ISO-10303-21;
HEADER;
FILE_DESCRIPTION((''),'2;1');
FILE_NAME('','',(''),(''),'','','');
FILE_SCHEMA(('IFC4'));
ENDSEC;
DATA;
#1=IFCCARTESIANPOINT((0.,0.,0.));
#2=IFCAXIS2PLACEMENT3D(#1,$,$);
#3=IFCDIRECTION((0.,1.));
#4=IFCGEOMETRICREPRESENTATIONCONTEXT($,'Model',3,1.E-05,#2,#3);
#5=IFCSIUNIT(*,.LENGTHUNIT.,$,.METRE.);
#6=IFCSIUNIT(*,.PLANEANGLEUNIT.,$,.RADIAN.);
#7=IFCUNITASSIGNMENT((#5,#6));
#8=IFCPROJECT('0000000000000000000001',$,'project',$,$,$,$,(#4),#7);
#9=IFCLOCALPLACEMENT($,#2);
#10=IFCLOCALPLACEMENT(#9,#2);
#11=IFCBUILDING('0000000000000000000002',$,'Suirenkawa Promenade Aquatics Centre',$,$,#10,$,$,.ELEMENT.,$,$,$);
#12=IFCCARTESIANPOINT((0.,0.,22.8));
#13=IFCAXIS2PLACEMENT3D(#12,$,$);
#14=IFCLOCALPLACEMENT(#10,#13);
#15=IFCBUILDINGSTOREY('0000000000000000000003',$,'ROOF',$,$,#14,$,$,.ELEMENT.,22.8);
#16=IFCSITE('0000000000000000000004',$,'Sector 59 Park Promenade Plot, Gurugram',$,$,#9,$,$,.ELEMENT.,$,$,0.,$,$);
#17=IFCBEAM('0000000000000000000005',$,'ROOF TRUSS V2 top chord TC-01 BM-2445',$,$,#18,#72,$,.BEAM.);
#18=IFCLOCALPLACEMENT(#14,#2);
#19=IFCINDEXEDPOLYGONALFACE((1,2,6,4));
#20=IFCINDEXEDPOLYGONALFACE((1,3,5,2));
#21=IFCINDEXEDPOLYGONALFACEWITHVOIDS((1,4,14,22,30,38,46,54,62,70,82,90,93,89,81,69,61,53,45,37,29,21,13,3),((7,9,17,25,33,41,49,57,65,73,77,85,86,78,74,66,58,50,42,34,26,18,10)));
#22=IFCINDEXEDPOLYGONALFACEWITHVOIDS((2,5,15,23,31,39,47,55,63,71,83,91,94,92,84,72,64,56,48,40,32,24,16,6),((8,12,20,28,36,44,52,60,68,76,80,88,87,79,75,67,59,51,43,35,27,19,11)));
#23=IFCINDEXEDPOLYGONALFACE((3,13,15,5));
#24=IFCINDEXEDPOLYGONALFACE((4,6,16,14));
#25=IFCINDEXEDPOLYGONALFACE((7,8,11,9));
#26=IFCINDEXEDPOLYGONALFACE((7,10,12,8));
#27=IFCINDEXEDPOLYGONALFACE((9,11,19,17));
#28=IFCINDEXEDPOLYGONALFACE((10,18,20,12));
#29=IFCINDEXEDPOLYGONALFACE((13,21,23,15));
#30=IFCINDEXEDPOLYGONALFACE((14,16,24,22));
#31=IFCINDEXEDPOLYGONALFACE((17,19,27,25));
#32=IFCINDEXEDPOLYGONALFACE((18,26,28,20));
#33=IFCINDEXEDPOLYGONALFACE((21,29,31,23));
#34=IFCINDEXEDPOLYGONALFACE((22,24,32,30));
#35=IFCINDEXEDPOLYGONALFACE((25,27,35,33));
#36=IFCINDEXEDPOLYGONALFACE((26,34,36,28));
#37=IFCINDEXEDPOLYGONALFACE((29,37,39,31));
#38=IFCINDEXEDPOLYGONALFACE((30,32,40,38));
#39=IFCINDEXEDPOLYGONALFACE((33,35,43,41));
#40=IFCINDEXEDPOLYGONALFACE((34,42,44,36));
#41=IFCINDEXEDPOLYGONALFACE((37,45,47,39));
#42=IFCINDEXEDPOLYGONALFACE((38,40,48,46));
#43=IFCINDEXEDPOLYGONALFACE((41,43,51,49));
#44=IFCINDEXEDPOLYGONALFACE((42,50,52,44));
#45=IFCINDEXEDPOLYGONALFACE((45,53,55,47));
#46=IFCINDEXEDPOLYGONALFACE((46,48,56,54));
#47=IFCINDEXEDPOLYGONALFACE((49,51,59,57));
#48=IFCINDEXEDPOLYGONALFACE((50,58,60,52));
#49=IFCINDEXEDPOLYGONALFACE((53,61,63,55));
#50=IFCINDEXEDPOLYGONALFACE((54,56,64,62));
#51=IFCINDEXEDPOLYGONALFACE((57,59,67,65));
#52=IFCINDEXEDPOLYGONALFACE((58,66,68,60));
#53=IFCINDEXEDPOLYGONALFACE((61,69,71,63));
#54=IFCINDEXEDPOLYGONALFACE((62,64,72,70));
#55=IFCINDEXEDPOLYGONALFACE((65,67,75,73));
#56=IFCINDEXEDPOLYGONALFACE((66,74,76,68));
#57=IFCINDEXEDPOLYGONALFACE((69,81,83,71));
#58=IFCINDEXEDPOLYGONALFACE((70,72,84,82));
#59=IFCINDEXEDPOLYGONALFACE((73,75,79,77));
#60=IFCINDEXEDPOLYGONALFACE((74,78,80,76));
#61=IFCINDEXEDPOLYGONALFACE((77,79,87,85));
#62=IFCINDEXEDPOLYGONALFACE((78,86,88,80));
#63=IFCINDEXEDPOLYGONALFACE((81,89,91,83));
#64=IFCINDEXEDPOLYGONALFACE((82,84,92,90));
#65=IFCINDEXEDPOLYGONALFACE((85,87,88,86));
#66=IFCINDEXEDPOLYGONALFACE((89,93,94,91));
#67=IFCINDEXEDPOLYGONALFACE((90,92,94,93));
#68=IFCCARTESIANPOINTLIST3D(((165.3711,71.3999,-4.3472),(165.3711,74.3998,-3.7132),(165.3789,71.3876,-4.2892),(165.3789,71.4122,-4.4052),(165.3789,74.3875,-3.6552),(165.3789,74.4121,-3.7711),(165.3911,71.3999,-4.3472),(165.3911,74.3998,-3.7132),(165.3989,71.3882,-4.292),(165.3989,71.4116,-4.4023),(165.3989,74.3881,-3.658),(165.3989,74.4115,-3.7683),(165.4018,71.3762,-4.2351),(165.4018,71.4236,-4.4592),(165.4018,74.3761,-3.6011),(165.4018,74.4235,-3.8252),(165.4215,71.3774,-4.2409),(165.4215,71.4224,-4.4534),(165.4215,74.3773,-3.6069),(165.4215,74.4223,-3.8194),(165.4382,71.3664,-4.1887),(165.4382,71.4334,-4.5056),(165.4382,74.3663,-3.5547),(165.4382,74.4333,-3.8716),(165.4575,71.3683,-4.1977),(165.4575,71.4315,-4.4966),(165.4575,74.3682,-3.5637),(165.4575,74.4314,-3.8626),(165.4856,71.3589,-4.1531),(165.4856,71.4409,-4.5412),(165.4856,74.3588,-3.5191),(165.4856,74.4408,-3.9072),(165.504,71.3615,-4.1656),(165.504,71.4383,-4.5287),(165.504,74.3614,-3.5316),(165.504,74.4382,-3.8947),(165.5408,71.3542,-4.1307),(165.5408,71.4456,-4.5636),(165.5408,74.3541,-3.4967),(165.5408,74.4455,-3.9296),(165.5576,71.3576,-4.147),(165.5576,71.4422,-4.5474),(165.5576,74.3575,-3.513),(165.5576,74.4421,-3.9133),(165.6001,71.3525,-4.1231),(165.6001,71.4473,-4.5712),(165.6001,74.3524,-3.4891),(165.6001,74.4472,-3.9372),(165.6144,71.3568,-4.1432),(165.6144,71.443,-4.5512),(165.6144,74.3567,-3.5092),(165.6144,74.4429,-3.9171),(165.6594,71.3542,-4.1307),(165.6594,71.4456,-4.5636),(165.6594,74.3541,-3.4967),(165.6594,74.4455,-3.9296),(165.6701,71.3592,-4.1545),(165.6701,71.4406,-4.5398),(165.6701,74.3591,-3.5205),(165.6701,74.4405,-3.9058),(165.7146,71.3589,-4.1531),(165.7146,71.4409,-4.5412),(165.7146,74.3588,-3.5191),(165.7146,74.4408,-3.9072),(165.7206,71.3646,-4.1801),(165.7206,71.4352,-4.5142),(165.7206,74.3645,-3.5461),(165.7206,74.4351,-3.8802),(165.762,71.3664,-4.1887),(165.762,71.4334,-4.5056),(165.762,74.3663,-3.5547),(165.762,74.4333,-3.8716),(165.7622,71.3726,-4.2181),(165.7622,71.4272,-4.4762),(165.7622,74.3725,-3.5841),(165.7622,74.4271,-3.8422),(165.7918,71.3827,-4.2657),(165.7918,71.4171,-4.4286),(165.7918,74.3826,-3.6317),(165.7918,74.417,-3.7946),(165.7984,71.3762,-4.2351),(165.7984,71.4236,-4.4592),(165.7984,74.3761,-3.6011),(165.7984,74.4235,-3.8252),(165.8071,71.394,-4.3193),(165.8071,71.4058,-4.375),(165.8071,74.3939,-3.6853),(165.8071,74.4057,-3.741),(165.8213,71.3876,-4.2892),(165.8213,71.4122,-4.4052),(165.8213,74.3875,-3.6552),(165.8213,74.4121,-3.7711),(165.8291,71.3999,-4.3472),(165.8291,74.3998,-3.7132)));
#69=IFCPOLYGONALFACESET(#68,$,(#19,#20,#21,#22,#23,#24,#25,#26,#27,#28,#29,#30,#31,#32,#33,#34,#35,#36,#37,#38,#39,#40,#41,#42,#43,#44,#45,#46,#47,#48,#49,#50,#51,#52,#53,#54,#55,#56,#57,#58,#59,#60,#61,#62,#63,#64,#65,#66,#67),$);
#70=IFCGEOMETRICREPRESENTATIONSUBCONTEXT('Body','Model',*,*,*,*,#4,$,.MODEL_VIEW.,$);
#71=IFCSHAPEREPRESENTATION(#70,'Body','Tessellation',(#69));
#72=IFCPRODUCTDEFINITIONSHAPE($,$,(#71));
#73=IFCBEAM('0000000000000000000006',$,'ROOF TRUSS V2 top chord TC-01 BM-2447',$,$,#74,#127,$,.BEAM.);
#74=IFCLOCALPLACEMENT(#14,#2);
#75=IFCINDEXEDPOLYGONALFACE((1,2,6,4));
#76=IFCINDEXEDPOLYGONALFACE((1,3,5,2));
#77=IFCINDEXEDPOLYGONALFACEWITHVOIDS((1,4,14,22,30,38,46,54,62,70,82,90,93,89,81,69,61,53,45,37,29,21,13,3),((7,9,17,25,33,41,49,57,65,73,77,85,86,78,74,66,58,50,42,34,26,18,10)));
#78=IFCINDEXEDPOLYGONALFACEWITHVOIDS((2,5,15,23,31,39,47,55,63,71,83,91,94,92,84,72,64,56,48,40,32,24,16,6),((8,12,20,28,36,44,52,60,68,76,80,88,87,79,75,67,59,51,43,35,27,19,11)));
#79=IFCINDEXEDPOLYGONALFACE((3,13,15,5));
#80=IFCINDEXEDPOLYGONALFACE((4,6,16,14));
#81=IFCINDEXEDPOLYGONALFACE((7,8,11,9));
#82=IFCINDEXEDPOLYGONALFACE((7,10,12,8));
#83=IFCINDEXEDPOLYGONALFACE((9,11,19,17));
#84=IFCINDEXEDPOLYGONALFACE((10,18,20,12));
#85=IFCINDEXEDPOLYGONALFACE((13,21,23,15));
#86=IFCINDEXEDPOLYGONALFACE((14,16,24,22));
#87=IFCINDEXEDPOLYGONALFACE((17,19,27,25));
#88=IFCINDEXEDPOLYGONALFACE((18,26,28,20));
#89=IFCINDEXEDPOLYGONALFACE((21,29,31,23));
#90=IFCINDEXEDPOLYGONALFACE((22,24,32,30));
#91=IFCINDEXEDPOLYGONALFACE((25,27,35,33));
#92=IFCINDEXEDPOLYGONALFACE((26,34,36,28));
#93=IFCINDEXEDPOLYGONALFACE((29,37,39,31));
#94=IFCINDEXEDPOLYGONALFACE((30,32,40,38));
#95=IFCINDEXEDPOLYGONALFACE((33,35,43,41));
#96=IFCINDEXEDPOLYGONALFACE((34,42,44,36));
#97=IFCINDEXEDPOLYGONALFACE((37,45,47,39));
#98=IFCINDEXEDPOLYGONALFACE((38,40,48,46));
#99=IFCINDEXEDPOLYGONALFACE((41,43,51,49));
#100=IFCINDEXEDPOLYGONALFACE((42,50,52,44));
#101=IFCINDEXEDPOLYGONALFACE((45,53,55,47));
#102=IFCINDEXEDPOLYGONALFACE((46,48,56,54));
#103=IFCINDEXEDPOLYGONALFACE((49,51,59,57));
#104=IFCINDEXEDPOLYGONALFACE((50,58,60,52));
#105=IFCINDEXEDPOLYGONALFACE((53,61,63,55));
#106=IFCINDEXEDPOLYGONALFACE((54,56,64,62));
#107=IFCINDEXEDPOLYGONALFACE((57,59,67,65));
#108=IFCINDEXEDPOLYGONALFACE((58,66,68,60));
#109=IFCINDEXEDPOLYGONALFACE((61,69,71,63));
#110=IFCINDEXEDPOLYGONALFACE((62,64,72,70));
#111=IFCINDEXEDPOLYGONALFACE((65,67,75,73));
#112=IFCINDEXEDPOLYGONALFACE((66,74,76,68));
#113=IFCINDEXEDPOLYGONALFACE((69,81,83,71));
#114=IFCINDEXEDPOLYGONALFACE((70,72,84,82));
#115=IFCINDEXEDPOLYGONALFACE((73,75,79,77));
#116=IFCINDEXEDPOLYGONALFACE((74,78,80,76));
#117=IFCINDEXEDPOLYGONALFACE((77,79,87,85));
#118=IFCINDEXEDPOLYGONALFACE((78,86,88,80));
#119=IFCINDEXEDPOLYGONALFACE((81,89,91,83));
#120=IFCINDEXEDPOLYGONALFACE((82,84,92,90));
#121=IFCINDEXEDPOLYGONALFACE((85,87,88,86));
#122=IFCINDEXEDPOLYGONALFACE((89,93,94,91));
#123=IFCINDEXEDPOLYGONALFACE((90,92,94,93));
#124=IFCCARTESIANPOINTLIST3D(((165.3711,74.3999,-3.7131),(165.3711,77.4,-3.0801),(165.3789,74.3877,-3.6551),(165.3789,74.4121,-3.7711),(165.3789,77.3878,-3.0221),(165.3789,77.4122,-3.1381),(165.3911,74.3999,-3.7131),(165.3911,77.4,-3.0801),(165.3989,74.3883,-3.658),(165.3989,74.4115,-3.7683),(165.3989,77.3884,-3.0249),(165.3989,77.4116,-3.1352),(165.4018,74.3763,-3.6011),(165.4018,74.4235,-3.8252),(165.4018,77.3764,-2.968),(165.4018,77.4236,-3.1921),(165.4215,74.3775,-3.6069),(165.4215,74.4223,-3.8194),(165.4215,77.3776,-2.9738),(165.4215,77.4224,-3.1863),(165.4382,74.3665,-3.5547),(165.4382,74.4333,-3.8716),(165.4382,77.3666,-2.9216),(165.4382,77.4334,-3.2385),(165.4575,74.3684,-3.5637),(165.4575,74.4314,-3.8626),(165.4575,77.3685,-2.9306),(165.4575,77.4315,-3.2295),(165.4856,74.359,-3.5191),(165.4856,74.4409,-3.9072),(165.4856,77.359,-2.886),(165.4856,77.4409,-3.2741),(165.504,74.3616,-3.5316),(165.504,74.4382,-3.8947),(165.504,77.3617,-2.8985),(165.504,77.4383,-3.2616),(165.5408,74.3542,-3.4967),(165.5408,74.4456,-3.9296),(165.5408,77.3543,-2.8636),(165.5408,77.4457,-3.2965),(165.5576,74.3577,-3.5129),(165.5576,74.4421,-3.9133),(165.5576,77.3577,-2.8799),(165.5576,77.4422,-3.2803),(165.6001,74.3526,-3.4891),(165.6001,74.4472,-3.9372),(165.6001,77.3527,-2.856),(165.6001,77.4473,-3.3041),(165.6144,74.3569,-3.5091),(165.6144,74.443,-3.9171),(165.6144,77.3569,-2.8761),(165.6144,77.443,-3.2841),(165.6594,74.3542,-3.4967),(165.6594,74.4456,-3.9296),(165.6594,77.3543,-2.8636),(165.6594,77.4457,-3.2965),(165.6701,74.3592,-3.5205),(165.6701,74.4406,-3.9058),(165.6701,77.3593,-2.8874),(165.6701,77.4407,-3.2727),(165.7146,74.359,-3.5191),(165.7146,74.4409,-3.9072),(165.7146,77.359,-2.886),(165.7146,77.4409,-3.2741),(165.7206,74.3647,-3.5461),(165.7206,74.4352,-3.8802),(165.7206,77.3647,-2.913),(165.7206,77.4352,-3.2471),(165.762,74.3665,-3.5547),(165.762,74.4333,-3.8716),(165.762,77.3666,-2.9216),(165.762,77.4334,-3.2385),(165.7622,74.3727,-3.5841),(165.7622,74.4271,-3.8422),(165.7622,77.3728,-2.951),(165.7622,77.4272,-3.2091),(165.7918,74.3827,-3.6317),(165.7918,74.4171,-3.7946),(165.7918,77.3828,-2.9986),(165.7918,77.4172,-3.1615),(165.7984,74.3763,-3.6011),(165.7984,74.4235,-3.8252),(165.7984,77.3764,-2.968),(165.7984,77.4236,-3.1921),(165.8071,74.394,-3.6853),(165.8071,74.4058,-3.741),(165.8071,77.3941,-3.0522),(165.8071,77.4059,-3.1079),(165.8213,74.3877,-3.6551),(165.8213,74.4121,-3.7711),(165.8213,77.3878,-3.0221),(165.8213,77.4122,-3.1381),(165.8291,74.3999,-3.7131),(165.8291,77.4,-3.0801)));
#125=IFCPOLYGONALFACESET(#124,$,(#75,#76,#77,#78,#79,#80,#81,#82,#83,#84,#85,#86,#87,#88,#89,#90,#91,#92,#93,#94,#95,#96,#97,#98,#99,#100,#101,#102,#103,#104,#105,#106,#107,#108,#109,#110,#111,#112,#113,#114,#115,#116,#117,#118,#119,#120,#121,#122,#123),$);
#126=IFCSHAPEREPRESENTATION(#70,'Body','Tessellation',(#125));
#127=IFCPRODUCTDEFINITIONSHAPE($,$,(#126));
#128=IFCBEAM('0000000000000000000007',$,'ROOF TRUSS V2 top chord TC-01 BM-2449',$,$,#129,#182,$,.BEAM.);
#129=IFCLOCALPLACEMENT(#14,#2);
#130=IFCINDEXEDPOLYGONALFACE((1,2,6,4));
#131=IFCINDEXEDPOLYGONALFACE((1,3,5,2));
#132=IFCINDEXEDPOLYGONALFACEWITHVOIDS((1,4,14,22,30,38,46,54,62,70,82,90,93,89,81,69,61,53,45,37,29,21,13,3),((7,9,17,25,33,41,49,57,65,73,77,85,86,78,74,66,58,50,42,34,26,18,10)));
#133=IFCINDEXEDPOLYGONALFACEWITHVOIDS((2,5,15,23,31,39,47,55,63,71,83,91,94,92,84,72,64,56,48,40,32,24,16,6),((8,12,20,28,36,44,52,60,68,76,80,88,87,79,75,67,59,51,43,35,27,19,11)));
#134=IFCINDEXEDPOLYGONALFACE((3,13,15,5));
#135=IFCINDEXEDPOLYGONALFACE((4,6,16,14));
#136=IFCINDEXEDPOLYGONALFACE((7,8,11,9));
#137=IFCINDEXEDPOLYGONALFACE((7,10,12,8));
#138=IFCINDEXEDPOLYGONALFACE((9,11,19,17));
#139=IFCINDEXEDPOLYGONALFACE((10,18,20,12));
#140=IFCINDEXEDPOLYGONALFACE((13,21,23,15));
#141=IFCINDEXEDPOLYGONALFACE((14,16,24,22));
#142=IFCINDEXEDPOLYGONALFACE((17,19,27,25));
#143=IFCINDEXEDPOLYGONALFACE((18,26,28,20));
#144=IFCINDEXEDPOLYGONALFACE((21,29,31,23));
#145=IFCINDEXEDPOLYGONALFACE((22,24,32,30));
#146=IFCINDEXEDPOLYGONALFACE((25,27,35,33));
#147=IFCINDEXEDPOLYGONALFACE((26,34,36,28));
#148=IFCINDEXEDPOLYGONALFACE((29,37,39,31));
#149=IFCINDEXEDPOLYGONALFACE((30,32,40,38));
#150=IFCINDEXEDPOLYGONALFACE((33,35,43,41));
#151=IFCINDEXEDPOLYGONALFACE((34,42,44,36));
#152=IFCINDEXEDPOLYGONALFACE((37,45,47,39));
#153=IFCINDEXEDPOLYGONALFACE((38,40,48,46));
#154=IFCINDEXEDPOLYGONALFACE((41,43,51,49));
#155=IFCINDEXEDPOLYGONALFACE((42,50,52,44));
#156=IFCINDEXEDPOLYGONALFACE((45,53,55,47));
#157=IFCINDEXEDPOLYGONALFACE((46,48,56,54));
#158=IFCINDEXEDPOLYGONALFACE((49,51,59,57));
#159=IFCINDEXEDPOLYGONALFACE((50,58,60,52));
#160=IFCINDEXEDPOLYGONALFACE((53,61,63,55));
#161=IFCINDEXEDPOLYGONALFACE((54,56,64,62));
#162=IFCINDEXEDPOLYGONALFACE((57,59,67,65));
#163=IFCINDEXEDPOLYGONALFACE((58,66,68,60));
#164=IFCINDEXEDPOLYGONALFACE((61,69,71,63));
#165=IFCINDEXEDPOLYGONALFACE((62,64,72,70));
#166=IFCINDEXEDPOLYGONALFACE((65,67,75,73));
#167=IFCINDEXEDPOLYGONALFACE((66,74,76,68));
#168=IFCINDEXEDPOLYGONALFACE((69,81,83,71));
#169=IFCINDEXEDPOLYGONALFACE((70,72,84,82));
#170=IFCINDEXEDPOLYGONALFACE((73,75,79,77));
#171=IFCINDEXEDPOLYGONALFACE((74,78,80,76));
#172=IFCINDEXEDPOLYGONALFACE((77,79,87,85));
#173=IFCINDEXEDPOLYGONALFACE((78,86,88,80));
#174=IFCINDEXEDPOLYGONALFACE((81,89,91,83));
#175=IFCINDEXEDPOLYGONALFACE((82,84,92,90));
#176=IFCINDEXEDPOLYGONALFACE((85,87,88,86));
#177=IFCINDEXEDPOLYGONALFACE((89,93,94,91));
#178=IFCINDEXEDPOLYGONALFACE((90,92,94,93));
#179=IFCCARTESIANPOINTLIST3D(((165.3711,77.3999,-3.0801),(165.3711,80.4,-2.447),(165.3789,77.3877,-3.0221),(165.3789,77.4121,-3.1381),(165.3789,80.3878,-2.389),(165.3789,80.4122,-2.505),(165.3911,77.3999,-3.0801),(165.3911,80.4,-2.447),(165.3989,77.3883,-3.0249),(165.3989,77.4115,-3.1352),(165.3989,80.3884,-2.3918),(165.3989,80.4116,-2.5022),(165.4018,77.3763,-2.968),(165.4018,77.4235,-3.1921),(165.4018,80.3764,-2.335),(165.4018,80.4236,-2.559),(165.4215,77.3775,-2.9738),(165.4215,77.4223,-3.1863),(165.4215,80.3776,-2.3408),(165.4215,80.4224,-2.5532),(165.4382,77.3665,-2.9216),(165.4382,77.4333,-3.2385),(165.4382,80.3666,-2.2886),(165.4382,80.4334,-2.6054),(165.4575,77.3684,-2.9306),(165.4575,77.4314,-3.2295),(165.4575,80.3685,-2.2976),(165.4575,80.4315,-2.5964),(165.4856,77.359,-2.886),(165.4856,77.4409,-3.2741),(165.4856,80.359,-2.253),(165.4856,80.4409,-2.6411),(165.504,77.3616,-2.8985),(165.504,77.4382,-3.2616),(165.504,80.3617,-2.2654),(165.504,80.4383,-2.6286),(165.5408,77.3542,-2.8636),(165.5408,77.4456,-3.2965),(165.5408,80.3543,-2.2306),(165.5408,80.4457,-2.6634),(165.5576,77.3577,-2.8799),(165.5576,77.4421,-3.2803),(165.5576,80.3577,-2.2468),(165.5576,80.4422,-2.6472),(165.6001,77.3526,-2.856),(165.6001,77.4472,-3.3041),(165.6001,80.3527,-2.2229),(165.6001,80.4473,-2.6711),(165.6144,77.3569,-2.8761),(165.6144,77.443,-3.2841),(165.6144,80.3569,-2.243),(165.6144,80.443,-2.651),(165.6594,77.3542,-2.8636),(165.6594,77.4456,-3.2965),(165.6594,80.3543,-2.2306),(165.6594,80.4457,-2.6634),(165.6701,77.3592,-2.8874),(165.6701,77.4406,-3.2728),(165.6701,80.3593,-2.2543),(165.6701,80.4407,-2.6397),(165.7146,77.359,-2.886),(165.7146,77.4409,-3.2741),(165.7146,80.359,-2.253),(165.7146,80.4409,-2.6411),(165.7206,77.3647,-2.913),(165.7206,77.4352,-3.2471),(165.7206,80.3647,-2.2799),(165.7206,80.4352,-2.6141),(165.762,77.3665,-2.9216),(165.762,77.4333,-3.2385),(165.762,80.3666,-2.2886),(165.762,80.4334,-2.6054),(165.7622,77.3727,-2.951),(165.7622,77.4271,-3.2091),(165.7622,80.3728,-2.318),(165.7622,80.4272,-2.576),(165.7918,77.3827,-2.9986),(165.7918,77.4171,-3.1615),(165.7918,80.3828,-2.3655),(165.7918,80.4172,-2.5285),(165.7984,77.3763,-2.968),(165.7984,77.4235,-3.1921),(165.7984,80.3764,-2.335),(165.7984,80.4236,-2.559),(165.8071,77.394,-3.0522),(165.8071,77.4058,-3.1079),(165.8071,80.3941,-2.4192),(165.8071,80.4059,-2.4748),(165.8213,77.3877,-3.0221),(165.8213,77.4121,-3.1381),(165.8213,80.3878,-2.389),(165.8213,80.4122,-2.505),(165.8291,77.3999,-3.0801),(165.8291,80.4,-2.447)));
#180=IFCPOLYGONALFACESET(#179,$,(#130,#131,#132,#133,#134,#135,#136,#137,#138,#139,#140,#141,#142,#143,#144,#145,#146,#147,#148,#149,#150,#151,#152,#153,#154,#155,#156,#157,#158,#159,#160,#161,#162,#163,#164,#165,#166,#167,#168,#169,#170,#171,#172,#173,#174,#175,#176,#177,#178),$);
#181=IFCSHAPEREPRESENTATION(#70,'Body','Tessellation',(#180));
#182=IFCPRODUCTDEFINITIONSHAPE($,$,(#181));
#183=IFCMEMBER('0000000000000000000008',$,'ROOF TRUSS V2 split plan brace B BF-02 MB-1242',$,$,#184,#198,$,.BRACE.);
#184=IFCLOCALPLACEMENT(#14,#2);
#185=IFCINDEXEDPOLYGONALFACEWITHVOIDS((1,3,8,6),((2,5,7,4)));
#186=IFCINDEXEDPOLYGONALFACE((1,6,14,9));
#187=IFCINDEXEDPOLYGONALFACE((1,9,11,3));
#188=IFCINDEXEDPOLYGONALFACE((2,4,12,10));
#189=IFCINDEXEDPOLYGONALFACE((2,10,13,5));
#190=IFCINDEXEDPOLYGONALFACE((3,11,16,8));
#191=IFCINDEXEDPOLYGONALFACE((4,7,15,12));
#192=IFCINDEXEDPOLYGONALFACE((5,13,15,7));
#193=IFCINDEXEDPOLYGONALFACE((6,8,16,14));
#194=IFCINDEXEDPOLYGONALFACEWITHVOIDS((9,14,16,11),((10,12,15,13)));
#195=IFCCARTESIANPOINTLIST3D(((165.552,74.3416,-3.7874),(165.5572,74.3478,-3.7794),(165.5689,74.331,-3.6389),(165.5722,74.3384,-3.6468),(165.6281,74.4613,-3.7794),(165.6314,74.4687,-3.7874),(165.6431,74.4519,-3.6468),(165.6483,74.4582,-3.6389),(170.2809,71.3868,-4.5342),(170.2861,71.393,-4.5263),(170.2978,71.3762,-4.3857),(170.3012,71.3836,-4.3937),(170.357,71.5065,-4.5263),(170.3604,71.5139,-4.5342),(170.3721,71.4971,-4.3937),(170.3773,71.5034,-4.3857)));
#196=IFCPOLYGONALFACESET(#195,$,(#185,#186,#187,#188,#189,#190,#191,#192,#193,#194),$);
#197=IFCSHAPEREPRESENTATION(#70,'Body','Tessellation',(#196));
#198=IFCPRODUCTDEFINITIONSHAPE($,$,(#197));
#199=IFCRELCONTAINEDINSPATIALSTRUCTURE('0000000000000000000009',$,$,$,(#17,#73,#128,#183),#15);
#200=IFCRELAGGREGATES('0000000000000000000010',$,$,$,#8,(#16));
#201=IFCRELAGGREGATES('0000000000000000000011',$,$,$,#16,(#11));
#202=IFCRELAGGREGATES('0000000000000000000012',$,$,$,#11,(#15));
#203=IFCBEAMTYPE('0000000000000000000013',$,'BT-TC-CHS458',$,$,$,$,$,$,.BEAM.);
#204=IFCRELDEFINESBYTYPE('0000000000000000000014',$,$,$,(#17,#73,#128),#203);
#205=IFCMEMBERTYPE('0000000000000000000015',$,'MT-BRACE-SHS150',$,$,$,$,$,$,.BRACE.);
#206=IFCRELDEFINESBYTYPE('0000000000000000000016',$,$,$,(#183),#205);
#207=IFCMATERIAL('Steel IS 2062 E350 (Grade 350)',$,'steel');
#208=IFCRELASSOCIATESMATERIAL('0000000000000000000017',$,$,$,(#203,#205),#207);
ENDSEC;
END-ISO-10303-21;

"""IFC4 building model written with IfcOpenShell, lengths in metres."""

from ifc_helpers import new_model, si_unit, direction, frame, origin, origin_2d, place, context, subcontext, project, spatial, hollow_rectangle, hollow_circle, extrude, material, material_profile, profile_set, type_object, element, save


model = new_model("IFC4")

# Units and contexts
model_context = context("Model", 3, precision=1e-05, world=origin(), true_north=direction((0.0, 1.0)))
body_context = subcontext(model_context, "Body", "Model", "MODEL_VIEW")
ifc_project = project(units=[si_unit("LENGTHUNIT", "METRE"), si_unit("PLANEANGLEUNIT", "RADIAN")], contexts=[model_context])

# Site, building, storey
site_placement = place(None, origin())
site = spatial("IfcSite", under=ifc_project, at=site_placement, Name="Sector 59 Park Promenade Plot, Gurugram", CompositionType="ELEMENT", RefElevation=0.0)
building_placement = place(site_placement, origin())
building = spatial("IfcBuilding", under=site, at=building_placement, Name="Suirenkawa Promenade Aquatics Centre", CompositionType="ELEMENT")
storey_placement = place(building_placement, frame((0.0, 0.0, 22.8)))
storey = spatial("IfcBuildingStorey", under=building, at=storey_placement, Name="ROOF", CompositionType="ELEMENT", Elevation=22.8)

# Beams
ifc_material = material(Name="Steel IS 2062 E350 (Grade 350)", Category="steel")
ifc_material_profile_1 = material_profile(ifc_material, hollow_circle(Radius=0.229, WallThickness=0.02, at=origin_2d()), Name="CHS 458x20", Category="steel")
ifc_profile_set_1 = profile_set([ifc_material_profile_1], Name="Steel IS 2062 E350 (Grade 350)")
beam_type_1 = type_object("IfcBeamType", Name="BT-TC-CHS458", PredefinedType="BEAM", material=ifc_profile_set_1)
for number, where, z_axis, x_axis, name in (
    (1, (165.6001, 71.3999, -4.3472), (0.0, 0.978388, 0.206777), (-1.0, 0.0, 0.0), "ROOF TRUSS V2 top chord TC-01 BM-2445"),
    (2, (165.6001, 74.3999, -3.7131), (0.0, 0.978453, 0.206472), (-1.0, 0.0, 0.0), "ROOF TRUSS V2 top chord TC-01 BM-2447"),
    (3, (165.6001, 77.3999, -3.0801), (0.0, 0.978453, 0.206472), (-1.0, 0.0, 0.0), "ROOF TRUSS V2 top chord TC-01 BM-2449"),
):
    element("IfcBeam", number, at=place(storey_placement, frame(where, z_axis=z_axis, x_axis=x_axis)), inside=storey, type_object=beam_type_1, Name=name, PredefinedType="BEAM", context=body_context, shape_type="SweptSolid", body=[
        extrude(hollow_circle(Radius=0.229, WallThickness=0.02, at=origin_2d()), origin(), (0.0, 0.0, 1.0), 3.0662),
    ])

# Member
ifc_material_profile_2 = material_profile(ifc_material, hollow_rectangle(XDim=0.1499, YDim=0.1499, WallThickness=0.0081, at=origin_2d()), Name="SHS 150x150x8", Category="steel")
ifc_profile_set_2 = profile_set([ifc_material_profile_2], Name="Steel IS 2062 E350 (Grade 350)")
member_type_1 = type_object("IfcMemberType", Name="MT-BRACE-SHS150", PredefinedType="BRACE", material=ifc_profile_set_2)
member_1_placement = place(storey_placement, frame((170.3291, 71.4451, -4.46), z_axis=(-0.840557, 0.525207, 0.132745), x_axis=(-0.529897, -0.848062, 0.0)))
element("IfcMember", 4, at=member_1_placement, inside=storey, type_object=member_type_1, Name="ROOF TRUSS V2 split plan brace B BF-02 MB-1242", PredefinedType="BRACE", context=body_context, shape_type="SweptSolid", body=[
    extrude(hollow_rectangle(XDim=0.1499, YDim=0.1499, WallThickness=0.0081, at=origin_2d()), origin(), (0.0, 0.0, 1.0), 5.626),
])

save(model, "model.ifc")
